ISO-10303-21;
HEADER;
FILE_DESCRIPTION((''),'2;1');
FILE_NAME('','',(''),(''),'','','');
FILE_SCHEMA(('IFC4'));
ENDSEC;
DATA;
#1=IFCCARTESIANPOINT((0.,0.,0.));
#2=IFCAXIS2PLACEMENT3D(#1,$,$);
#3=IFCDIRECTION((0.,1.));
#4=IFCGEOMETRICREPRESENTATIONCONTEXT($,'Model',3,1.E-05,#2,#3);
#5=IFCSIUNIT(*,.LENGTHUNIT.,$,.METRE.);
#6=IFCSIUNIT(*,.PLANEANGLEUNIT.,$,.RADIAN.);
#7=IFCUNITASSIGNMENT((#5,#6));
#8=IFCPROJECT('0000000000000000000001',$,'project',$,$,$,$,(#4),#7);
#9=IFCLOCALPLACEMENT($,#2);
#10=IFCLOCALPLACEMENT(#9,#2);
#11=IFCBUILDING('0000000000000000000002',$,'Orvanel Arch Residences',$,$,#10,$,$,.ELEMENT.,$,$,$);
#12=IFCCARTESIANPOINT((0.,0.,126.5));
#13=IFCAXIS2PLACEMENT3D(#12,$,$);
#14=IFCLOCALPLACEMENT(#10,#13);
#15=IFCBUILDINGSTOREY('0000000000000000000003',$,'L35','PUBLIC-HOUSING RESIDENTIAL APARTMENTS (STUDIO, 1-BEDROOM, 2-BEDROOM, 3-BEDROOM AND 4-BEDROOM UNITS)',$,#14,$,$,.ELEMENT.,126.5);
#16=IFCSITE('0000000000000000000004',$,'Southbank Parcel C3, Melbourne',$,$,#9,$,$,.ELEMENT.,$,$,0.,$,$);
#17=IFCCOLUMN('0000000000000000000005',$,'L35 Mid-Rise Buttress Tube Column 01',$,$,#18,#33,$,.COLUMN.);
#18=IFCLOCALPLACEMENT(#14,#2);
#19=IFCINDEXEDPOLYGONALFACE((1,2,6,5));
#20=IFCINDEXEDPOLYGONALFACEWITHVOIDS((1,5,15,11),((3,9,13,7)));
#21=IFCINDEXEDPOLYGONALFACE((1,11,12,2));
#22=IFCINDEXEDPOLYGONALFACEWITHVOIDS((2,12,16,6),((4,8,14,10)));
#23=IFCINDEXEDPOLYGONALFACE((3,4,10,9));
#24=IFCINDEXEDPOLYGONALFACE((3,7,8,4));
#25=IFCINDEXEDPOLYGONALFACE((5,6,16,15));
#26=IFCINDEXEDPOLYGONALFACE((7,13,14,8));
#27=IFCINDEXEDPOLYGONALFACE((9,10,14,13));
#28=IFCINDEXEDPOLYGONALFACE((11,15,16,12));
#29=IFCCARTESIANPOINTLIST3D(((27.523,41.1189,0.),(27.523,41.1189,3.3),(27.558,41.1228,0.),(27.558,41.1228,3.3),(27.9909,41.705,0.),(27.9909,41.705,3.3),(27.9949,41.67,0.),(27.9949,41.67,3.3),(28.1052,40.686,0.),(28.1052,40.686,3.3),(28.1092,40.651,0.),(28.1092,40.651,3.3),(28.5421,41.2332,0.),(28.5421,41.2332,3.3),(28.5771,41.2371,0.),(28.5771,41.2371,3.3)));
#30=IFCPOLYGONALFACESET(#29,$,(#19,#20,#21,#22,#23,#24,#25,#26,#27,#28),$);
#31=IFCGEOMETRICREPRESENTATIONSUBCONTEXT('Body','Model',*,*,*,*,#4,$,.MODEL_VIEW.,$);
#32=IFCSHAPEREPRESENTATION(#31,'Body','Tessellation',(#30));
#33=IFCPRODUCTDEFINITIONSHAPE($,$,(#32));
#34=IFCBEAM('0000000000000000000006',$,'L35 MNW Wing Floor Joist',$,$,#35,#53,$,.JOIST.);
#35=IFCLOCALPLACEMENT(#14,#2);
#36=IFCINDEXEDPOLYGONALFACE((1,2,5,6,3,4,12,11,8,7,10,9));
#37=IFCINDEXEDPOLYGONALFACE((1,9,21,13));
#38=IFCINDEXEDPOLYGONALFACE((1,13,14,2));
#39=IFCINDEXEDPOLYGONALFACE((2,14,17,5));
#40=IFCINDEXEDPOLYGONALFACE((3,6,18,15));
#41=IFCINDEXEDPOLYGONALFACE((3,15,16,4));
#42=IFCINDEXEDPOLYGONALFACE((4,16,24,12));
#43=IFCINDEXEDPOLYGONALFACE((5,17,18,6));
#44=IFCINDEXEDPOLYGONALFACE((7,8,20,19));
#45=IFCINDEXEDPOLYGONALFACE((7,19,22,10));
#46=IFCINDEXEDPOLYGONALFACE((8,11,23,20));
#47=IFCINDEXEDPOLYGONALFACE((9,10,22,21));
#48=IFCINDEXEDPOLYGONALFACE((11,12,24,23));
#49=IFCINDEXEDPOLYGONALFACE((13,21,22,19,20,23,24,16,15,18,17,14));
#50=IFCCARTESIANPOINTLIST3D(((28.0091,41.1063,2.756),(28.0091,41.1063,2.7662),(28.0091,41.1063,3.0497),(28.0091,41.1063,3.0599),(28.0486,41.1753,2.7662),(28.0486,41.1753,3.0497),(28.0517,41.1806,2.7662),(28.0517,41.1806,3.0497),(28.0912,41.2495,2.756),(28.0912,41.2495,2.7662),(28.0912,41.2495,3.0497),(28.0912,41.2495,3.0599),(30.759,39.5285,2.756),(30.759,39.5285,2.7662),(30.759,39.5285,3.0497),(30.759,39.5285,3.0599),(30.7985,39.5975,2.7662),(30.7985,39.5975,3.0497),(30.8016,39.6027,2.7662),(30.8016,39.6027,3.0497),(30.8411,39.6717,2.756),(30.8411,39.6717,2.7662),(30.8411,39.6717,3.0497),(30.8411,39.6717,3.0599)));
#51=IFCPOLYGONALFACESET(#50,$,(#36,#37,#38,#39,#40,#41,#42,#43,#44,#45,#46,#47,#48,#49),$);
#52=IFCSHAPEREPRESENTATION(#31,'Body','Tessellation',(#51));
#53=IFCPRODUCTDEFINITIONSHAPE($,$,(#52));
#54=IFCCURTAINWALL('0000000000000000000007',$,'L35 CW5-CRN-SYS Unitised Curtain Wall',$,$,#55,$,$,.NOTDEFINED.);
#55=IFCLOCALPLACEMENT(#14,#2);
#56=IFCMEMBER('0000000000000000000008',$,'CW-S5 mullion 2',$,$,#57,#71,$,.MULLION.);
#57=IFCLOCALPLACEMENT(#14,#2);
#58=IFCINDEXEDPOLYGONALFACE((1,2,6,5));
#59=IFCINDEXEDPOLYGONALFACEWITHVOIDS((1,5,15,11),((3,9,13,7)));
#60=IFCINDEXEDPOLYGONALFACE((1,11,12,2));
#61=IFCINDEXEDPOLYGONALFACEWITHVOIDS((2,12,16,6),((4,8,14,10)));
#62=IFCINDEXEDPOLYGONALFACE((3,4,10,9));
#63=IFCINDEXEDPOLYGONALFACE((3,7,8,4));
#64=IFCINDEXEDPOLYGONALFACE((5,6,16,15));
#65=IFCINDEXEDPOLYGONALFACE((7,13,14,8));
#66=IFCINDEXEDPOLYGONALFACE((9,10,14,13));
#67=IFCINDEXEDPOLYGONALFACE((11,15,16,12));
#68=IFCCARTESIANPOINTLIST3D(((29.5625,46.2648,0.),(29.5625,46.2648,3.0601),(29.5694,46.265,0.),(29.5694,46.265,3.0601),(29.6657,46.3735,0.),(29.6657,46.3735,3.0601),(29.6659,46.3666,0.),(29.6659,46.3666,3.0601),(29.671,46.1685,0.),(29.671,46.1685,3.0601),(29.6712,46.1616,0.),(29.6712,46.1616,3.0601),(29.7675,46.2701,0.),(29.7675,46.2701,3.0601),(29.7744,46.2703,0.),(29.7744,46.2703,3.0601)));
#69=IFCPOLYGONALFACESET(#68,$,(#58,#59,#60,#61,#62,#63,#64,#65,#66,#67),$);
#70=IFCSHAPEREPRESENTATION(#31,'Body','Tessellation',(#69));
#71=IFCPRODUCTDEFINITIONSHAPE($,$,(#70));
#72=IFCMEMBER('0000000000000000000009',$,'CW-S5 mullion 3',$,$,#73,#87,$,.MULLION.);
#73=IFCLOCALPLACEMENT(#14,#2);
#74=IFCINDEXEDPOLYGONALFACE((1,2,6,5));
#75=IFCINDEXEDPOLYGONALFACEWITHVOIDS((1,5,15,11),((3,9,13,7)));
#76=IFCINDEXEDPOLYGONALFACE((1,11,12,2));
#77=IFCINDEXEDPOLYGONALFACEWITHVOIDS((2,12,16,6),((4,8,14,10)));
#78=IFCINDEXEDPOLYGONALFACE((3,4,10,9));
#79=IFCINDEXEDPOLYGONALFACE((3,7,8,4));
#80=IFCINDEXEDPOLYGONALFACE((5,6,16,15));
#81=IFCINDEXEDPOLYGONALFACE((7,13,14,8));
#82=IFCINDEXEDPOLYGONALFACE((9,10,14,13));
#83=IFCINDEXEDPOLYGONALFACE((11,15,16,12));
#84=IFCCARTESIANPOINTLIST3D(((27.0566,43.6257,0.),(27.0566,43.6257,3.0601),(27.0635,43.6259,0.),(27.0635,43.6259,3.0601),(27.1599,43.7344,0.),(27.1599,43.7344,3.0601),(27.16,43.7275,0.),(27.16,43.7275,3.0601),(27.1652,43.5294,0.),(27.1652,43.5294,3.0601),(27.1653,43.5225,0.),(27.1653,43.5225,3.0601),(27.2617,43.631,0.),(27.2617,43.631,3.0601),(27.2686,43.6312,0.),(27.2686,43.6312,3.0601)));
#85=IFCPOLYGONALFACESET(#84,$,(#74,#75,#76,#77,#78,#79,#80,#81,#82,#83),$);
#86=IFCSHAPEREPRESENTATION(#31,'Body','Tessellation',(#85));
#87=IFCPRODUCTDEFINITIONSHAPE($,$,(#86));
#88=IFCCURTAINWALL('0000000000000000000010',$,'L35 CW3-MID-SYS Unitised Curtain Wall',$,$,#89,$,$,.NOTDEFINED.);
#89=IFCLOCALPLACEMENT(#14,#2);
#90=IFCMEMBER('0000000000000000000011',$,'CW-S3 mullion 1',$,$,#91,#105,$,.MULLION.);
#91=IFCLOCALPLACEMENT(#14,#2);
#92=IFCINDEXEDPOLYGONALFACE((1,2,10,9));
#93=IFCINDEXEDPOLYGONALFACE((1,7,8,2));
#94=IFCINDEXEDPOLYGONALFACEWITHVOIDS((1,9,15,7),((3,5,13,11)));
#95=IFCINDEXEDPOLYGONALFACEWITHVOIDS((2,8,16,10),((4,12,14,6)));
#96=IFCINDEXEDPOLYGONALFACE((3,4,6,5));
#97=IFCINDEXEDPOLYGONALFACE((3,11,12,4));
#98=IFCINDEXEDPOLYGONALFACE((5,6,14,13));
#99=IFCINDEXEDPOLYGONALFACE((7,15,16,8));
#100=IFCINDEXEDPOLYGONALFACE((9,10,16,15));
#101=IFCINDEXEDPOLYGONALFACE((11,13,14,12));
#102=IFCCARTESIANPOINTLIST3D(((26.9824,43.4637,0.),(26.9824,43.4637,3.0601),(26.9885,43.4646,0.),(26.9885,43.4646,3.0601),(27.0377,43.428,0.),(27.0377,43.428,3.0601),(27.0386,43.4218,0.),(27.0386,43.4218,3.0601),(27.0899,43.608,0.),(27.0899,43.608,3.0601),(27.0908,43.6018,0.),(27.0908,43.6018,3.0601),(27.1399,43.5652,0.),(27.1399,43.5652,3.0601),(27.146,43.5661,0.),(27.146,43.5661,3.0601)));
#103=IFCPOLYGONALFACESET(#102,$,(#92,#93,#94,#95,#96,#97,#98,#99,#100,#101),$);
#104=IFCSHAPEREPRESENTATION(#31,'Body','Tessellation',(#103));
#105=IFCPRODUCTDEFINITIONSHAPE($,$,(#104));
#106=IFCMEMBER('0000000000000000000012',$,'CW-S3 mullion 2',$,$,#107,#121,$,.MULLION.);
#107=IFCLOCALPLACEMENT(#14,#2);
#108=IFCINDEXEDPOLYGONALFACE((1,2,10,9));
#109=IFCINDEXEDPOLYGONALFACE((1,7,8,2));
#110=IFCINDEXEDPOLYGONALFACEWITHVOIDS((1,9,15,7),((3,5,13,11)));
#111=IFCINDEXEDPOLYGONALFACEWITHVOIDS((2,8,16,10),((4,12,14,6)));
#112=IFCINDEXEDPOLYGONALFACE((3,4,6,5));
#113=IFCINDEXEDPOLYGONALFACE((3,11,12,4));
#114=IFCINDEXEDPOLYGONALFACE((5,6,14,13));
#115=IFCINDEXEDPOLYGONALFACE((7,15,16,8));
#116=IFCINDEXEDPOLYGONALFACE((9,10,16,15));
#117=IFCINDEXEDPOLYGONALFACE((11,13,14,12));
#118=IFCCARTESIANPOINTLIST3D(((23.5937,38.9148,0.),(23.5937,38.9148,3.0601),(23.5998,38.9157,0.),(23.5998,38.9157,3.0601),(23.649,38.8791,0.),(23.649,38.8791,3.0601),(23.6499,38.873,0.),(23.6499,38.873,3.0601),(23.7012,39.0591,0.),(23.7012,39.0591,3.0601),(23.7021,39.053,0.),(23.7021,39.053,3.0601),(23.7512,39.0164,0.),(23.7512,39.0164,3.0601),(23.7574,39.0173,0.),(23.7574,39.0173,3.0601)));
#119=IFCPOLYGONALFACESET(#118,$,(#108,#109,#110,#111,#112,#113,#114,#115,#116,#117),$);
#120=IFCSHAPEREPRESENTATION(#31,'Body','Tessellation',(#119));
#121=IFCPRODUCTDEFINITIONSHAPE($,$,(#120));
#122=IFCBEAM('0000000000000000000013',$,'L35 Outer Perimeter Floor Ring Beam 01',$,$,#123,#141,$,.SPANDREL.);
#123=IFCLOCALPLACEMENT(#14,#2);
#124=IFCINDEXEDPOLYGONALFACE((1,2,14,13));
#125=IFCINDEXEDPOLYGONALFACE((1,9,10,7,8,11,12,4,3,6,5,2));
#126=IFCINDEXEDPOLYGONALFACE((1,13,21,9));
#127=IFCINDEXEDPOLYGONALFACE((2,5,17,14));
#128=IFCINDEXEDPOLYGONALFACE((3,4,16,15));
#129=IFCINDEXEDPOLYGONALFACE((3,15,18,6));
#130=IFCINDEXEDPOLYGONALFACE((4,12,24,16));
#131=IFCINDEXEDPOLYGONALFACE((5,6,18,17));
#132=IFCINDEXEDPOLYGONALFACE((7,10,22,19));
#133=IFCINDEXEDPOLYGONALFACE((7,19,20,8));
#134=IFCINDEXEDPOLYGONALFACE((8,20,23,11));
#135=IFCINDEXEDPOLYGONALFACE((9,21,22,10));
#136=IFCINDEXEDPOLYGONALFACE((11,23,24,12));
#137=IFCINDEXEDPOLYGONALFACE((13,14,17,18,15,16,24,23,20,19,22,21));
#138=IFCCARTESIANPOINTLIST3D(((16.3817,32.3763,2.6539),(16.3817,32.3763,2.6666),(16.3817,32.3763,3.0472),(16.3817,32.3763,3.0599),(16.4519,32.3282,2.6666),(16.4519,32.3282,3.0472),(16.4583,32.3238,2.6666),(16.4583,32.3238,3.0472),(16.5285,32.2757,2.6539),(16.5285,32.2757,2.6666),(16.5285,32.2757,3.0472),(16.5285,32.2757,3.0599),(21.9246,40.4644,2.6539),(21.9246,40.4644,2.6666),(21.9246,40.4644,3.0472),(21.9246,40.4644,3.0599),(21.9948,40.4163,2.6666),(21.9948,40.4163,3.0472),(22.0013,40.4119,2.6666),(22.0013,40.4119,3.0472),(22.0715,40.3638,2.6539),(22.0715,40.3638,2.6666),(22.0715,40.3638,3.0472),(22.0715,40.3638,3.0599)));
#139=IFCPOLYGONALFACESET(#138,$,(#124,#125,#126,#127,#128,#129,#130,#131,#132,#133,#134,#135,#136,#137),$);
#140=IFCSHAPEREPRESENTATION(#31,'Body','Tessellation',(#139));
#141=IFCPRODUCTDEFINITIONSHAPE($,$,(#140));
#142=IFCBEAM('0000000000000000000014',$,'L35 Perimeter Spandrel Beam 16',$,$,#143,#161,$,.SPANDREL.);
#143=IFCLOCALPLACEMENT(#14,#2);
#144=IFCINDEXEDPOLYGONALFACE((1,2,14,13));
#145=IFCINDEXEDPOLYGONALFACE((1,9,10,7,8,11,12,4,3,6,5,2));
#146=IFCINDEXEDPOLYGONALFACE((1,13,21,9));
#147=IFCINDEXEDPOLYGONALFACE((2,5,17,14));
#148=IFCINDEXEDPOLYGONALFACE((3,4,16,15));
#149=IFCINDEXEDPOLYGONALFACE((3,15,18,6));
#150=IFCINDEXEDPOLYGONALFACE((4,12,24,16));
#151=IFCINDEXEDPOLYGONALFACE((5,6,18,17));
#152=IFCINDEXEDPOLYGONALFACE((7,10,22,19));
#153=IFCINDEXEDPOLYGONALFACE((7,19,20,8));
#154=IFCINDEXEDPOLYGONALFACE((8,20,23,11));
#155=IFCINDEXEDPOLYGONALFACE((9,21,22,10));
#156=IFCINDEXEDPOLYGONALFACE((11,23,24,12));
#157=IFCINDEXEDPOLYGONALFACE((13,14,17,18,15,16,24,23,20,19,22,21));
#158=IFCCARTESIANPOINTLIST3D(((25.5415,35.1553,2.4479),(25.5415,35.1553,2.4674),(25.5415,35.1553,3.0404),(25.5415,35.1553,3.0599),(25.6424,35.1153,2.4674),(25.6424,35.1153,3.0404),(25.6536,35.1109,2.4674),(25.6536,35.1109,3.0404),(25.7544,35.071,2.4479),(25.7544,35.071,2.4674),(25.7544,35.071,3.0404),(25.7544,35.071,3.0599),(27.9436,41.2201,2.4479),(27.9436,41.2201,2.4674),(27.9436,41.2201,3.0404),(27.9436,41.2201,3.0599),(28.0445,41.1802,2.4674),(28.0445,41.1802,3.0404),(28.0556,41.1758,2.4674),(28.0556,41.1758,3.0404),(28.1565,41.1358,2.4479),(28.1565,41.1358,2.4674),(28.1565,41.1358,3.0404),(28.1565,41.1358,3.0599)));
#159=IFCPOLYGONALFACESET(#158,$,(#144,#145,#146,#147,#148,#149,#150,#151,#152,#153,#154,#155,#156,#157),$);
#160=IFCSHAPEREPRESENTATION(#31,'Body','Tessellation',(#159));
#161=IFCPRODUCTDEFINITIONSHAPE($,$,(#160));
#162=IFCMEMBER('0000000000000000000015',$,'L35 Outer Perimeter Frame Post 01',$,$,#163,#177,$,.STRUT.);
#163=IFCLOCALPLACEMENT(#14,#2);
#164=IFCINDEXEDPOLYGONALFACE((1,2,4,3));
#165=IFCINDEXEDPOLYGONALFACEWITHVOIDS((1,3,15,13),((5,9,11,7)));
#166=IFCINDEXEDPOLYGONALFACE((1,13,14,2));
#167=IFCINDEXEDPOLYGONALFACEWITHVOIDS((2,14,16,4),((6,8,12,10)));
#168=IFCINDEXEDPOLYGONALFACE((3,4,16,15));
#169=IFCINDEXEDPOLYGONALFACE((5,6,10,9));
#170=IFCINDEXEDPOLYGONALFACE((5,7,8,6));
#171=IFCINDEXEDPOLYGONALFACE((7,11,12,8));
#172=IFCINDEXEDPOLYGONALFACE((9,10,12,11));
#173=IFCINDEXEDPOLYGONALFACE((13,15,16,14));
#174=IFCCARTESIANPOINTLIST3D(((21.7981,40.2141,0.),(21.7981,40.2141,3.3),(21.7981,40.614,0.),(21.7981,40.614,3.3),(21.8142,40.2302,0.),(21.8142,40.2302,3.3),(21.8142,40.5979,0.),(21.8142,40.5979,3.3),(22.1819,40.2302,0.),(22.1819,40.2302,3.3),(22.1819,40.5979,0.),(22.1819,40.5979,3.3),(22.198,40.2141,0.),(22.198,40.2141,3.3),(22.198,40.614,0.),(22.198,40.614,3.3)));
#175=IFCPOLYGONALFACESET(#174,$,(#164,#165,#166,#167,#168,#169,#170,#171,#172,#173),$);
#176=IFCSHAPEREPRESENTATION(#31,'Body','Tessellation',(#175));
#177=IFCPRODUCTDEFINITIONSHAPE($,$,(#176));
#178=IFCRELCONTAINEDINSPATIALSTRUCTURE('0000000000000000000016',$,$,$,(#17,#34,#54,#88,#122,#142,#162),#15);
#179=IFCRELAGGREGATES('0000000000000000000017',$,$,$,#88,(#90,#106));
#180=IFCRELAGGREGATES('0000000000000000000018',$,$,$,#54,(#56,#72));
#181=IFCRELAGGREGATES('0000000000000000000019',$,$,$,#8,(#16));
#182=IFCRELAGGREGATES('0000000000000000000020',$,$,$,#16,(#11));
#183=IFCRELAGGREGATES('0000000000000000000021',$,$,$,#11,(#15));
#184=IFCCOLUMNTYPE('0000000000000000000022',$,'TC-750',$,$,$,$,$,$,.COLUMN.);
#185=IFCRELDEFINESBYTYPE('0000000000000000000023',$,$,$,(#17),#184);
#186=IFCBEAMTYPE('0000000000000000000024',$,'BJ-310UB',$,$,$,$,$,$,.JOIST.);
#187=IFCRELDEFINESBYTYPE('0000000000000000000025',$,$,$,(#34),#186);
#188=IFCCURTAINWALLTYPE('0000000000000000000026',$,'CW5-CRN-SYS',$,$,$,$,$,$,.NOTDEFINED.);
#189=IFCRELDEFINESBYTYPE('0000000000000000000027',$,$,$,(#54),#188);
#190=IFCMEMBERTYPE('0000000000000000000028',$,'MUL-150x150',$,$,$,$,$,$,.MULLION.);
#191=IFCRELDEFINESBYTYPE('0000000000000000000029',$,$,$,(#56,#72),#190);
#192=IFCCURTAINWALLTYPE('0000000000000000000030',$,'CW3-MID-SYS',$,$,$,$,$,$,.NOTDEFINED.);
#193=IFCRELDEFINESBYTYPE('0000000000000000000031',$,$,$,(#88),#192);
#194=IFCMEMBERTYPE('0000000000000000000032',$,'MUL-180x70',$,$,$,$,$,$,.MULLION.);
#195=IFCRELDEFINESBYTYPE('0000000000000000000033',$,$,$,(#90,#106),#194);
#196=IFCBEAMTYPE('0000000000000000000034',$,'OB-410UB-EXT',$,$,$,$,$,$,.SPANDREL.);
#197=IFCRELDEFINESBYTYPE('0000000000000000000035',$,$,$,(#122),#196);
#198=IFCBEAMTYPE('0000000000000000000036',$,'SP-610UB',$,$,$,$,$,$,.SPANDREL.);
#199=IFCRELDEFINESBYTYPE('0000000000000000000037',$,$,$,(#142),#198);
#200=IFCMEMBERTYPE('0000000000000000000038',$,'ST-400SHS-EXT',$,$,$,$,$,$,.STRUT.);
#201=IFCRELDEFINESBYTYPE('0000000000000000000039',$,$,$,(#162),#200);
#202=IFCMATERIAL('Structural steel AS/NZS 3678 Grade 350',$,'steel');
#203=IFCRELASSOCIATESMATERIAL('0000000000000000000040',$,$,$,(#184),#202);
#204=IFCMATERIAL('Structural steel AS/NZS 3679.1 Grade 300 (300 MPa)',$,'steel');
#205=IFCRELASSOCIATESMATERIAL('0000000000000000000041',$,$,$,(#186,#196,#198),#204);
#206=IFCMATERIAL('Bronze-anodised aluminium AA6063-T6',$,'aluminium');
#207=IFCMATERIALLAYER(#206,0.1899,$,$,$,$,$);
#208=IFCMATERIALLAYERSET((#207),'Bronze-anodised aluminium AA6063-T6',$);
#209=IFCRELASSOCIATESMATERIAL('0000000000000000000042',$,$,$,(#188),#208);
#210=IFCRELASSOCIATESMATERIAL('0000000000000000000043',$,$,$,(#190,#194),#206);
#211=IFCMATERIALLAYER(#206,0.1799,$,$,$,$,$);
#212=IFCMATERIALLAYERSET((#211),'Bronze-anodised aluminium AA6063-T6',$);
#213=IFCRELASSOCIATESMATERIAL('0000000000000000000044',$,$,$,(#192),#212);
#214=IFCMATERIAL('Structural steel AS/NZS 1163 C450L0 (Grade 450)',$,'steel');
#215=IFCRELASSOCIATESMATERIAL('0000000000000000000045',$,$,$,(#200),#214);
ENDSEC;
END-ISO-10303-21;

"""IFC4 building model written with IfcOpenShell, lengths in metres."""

from ifc_helpers import new_model, si_unit, direction, frame, origin, origin_2d, place, context, subcontext, project, spatial, hollow_rectangle, i_section, extrude, material, layer, layer_set, material_profile, profile_set, type_object, element, aggregate, save


model = new_model("IFC4")

# Units and contexts
model_context = context("Model", 3, precision=1e-05, world=origin(), true_north=direction((0.0, 1.0)))
body_context = subcontext(model_context, "Body", "Model", "MODEL_VIEW")
ifc_project = project(units=[si_unit("LENGTHUNIT", "METRE"), si_unit("PLANEANGLEUNIT", "RADIAN")], contexts=[model_context])

# Site, building, storey
site_placement = place(None, origin())
site = spatial("IfcSite", under=ifc_project, at=site_placement, Name="Southbank Parcel C3, Melbourne", CompositionType="ELEMENT", RefElevation=0.0)
building_placement = place(site_placement, origin())
building = spatial("IfcBuilding", under=site, at=building_placement, Name="Orvanel Arch Residences", CompositionType="ELEMENT")
storey_placement = place(building_placement, frame((0.0, 0.0, 126.5)))
storey = spatial("IfcBuildingStorey", under=building, at=storey_placement, Name="L35", Description="PUBLIC-HOUSING RESIDENTIAL APARTMENTS (STUDIO, 1-BEDROOM, 2-BEDROOM, 3-BEDROOM AND 4-BEDROOM UNITS)", CompositionType="ELEMENT", Elevation=126.5)

# Column
ifc_material_1 = material(Name="Structural steel AS/NZS 3678 Grade 350", Category="steel")
ifc_material_profile_1 = material_profile(ifc_material_1, hollow_rectangle(XDim=0.75, YDim=0.75, WallThickness=0.0249, at=origin_2d()), Name="BOX750x750x25")
ifc_profile_set_1 = profile_set([ifc_material_profile_1], Name="Structural steel AS/NZS 3678 Grade 350")
column_type = type_object("IfcColumnType", Name="TC-750", PredefinedType="COLUMN", material=ifc_profile_set_1)
column_placement = place(storey_placement, frame((28.05, 41.178, 0.0), z_axis=(0.0, 0.0, 1.0), x_axis=(0.62388, 0.78152, 0.0)))
element("IfcColumn", 1, at=column_placement, inside=storey, type_object=column_type, Name="L35 Mid-Rise Buttress Tube Column 01", PredefinedType="COLUMN", context=body_context, shape_type="SweptSolid", body=[
    extrude(hollow_rectangle(XDim=0.75, YDim=0.75, WallThickness=0.0249, at=origin_2d()), origin(), (0.0, 0.0, 1.0), 3.3),
])

# Beam
ifc_material_2 = material(Name="Structural steel AS/NZS 3679.1 Grade 300 (300 MPa)", Category="steel")
ifc_material_profile_2 = material_profile(ifc_material_2, i_section(OverallWidth=0.165, OverallDepth=0.304, WebThickness=0.0061, FlangeThickness=0.0103, at=origin_2d()), Name="310UB40.4")
ifc_profile_set_2 = profile_set([ifc_material_profile_2], Name="Structural steel AS/NZS 3679.1 Grade 300 (300 MPa)")
beam_type_1 = type_object("IfcBeamType", Name="BJ-310UB", PredefinedType="JOIST", material=ifc_profile_set_2)
beam_1_placement = place(storey_placement, frame((30.8, 39.6001, 2.908), z_axis=(-0.867365, 0.497672, 0.0), x_axis=(-0.497672, -0.867365, 0.0)))
element("IfcBeam", 2, at=beam_1_placement, inside=storey, type_object=beam_type_1, Name="L35 MNW Wing Floor Joist", PredefinedType="JOIST", context=body_context, shape_type="SweptSolid", body=[
    extrude(i_section(OverallWidth=0.165, OverallDepth=0.304, WebThickness=0.0061, FlangeThickness=0.0103, at=origin_2d()), origin(), (0.0, 0.0, 1.0), 3.1704),
])

# Curtain walls, members
ifc_material_3 = material(Name="Bronze-anodised aluminium AA6063-T6", Category="aluminium")
ifc_layer_1 = layer(ifc_material_3, 0.1899)
ifc_layer_set_1 = layer_set([ifc_layer_1], Name="Bronze-anodised aluminium AA6063-T6")
curtain_wall_type_1 = type_object("IfcCurtainWallType", Name="CW5-CRN-SYS", PredefinedType="NOTDEFINED", material=ifc_layer_set_1)
curtain_wall_1_placement = place(storey_placement, origin())
curtain_wall_1 = element("IfcCurtainWall", 3, at=curtain_wall_1_placement, inside=storey, type_object=curtain_wall_type_1, Name="L35 CW5-CRN-SYS Unitised Curtain Wall", PredefinedType="NOTDEFINED")
ifc_material_profile_3 = material_profile(ifc_material_3, hollow_rectangle(XDim=0.1499, YDim=0.1499, WallThickness=0.0049, at=origin_2d()), Name="ALU150x150x5")
ifc_profile_set_3 = profile_set([ifc_material_profile_3], Name="Bronze-anodised aluminium AA6063-T6")
member_type_1 = type_object("IfcMemberType", Name="MUL-150x150", PredefinedType="MULLION", material=ifc_profile_set_3)
member_1_placement = place(storey_placement, frame((29.6685, 46.2676, 0.0), z_axis=(0.0, 0.0, 1.0), x_axis=(0.725178, -0.688562, 0.0)))
member_1 = element("IfcMember", 4, at=member_1_placement, type_object=member_type_1, Name="CW-S5 mullion 2", PredefinedType="MULLION", context=body_context, shape_type="SweptSolid", body=[
    extrude(hollow_rectangle(XDim=0.1499, YDim=0.1499, WallThickness=0.0049, at=origin_2d()), origin(), (0.0, 0.0, 1.0), 3.0601),
])
member_2_placement = place(storey_placement, frame((27.1626, 43.6284, 0.0), z_axis=(0.0, 0.0, 1.0), x_axis=(0.725178, -0.688562, 0.0)))
member_2 = element("IfcMember", 5, at=member_2_placement, type_object=member_type_1, Name="CW-S5 mullion 3", PredefinedType="MULLION", context=body_context, shape_type="SweptSolid", body=[
    extrude(hollow_rectangle(XDim=0.1499, YDim=0.1499, WallThickness=0.0049, at=origin_2d()), origin(), (0.0, 0.0, 1.0), 3.0601),
])
ifc_layer_2 = layer(ifc_material_3, 0.1799)
ifc_layer_set_2 = layer_set([ifc_layer_2], Name="Bronze-anodised aluminium AA6063-T6")
curtain_wall_type_2 = type_object("IfcCurtainWallType", Name="CW3-MID-SYS", PredefinedType="NOTDEFINED", material=ifc_layer_set_2)
curtain_wall_2_placement = place(storey_placement, origin())
curtain_wall_2 = element("IfcCurtainWall", 6, at=curtain_wall_2_placement, inside=storey, type_object=curtain_wall_type_2, Name="L35 CW3-MID-SYS Unitised Curtain Wall", PredefinedType="NOTDEFINED")
ifc_material_profile_4 = material_profile(ifc_material_3, hollow_rectangle(XDim=0.0701, YDim=0.1799, WallThickness=0.0044, at=origin_2d()), Name="ALU180x70x4.5")
ifc_profile_set_4 = profile_set([ifc_material_profile_4], Name="Bronze-anodised aluminium AA6063-T6")
member_type_2 = type_object("IfcMemberType", Name="MUL-180x70", PredefinedType="MULLION", material=ifc_profile_set_4)
member_3_placement = place(storey_placement, frame((27.0642, 43.5149, 0.0), z_axis=(0.0, 0.0, 1.0), x_axis=(0.801951, -0.59739, 0.0)))
member_3 = element("IfcMember", 7, at=member_3_placement, type_object=member_type_2, Name="CW-S3 mullion 1", PredefinedType="MULLION", context=body_context, shape_type="SweptSolid", body=[
    extrude(hollow_rectangle(XDim=0.0701, YDim=0.1799, WallThickness=0.0044, at=origin_2d()), origin(), (0.0, 0.0, 1.0), 3.0601),
])
member_4_placement = place(storey_placement, frame((23.6755, 38.9661, 0.0), z_axis=(0.0, 0.0, 1.0), x_axis=(0.801951, -0.59739, 0.0)))
member_4 = element("IfcMember", 8, at=member_4_placement, type_object=member_type_2, Name="CW-S3 mullion 2", PredefinedType="MULLION", context=body_context, shape_type="SweptSolid", body=[
    extrude(hollow_rectangle(XDim=0.0701, YDim=0.1799, WallThickness=0.0044, at=origin_2d()), origin(), (0.0, 0.0, 1.0), 3.0601),
])

# Beams
ifc_material_profile_5 = material_profile(ifc_material_2, i_section(OverallWidth=0.178, OverallDepth=0.406, WebThickness=0.0078, FlangeThickness=0.0127, at=origin_2d()), Name="410UB59.7")
ifc_profile_set_5 = profile_set([ifc_material_profile_5], Name="Structural steel AS/NZS 3679.1 Grade 300 (300 MPa)")
beam_type_2 = type_object("IfcBeamType", Name="OB-410UB-EXT", PredefinedType="SPANDREL", material=ifc_profile_set_5)
beam_2_placement = place(storey_placement, frame((21.998, 40.4141, 2.8569), z_axis=(-0.565308, -0.82488, 0.0), x_axis=(0.82488, -0.565308, 0.0)))
element("IfcBeam", 9, at=beam_2_placement, inside=storey, type_object=beam_type_2, Name="L35 Outer Perimeter Floor Ring Beam 01", PredefinedType="SPANDREL", context=body_context, shape_type="SweptSolid", body=[
    extrude(i_section(OverallWidth=0.178, OverallDepth=0.406, WebThickness=0.0078, FlangeThickness=0.0127, at=origin_2d()), origin(), (0.0, 0.0, 1.0), 9.8052),
])
ifc_material_profile_6 = material_profile(ifc_material_2, i_section(OverallWidth=0.229, OverallDepth=0.6121, WebThickness=0.012, FlangeThickness=0.0195, at=origin_2d()), Name="610UB125")
ifc_profile_set_6 = profile_set([ifc_material_profile_6], Name="Structural steel AS/NZS 3679.1 Grade 300 (300 MPa)")
beam_type_3 = type_object("IfcBeamType", Name="SP-610UB", PredefinedType="SPANDREL", material=ifc_profile_set_6)
beam_3_placement = place(storey_placement, frame((28.05, 41.178, 2.7539), z_axis=(-0.368233, -0.929733, 0.0), x_axis=(0.929733, -0.368233, 0.0)))
element("IfcBeam", 10, at=beam_3_placement, inside=storey, type_object=beam_type_3, Name="L35 Perimeter Spandrel Beam 16", PredefinedType="SPANDREL", context=body_context, shape_type="SweptSolid", body=[
    extrude(i_section(OverallWidth=0.229, OverallDepth=0.6121, WebThickness=0.012, FlangeThickness=0.0195, at=origin_2d()), origin(), (0.0, 0.0, 1.0), 6.5232),
])

# Member
ifc_material_4 = material(Name="Structural steel AS/NZS 1163 C450L0 (Grade 450)", Category="steel")
ifc_material_profile_7 = material_profile(ifc_material_4, hollow_rectangle(XDim=0.3999, YDim=0.3999, WallThickness=0.0161, at=origin_2d()), Name="SHS400x400x16")
ifc_profile_set_7 = profile_set([ifc_material_profile_7], Name="Structural steel AS/NZS 1163 C450L0 (Grade 450)")
member_type_3 = type_object("IfcMemberType", Name="ST-400SHS-EXT", PredefinedType="STRUT", material=ifc_profile_set_7)
member_5_placement = place(storey_placement, frame((21.998, 40.4141, 0.0), z_axis=(0.0, 0.0, 1.0), x_axis=(1.0, 0.0, 0.0)))
element("IfcMember", 11, at=member_5_placement, inside=storey, type_object=member_type_3, Name="L35 Outer Perimeter Frame Post 01", PredefinedType="STRUT", context=body_context, shape_type="SweptSolid", body=[
    extrude(hollow_rectangle(XDim=0.3999, YDim=0.3999, WallThickness=0.0161, at=origin_2d()), origin(), (0.0, 0.0, 1.0), 3.3),
])

aggregate(curtain_wall_2, [member_3, member_4])
aggregate(curtain_wall_1, [member_1, member_2])

save(model, "model.ifc")
